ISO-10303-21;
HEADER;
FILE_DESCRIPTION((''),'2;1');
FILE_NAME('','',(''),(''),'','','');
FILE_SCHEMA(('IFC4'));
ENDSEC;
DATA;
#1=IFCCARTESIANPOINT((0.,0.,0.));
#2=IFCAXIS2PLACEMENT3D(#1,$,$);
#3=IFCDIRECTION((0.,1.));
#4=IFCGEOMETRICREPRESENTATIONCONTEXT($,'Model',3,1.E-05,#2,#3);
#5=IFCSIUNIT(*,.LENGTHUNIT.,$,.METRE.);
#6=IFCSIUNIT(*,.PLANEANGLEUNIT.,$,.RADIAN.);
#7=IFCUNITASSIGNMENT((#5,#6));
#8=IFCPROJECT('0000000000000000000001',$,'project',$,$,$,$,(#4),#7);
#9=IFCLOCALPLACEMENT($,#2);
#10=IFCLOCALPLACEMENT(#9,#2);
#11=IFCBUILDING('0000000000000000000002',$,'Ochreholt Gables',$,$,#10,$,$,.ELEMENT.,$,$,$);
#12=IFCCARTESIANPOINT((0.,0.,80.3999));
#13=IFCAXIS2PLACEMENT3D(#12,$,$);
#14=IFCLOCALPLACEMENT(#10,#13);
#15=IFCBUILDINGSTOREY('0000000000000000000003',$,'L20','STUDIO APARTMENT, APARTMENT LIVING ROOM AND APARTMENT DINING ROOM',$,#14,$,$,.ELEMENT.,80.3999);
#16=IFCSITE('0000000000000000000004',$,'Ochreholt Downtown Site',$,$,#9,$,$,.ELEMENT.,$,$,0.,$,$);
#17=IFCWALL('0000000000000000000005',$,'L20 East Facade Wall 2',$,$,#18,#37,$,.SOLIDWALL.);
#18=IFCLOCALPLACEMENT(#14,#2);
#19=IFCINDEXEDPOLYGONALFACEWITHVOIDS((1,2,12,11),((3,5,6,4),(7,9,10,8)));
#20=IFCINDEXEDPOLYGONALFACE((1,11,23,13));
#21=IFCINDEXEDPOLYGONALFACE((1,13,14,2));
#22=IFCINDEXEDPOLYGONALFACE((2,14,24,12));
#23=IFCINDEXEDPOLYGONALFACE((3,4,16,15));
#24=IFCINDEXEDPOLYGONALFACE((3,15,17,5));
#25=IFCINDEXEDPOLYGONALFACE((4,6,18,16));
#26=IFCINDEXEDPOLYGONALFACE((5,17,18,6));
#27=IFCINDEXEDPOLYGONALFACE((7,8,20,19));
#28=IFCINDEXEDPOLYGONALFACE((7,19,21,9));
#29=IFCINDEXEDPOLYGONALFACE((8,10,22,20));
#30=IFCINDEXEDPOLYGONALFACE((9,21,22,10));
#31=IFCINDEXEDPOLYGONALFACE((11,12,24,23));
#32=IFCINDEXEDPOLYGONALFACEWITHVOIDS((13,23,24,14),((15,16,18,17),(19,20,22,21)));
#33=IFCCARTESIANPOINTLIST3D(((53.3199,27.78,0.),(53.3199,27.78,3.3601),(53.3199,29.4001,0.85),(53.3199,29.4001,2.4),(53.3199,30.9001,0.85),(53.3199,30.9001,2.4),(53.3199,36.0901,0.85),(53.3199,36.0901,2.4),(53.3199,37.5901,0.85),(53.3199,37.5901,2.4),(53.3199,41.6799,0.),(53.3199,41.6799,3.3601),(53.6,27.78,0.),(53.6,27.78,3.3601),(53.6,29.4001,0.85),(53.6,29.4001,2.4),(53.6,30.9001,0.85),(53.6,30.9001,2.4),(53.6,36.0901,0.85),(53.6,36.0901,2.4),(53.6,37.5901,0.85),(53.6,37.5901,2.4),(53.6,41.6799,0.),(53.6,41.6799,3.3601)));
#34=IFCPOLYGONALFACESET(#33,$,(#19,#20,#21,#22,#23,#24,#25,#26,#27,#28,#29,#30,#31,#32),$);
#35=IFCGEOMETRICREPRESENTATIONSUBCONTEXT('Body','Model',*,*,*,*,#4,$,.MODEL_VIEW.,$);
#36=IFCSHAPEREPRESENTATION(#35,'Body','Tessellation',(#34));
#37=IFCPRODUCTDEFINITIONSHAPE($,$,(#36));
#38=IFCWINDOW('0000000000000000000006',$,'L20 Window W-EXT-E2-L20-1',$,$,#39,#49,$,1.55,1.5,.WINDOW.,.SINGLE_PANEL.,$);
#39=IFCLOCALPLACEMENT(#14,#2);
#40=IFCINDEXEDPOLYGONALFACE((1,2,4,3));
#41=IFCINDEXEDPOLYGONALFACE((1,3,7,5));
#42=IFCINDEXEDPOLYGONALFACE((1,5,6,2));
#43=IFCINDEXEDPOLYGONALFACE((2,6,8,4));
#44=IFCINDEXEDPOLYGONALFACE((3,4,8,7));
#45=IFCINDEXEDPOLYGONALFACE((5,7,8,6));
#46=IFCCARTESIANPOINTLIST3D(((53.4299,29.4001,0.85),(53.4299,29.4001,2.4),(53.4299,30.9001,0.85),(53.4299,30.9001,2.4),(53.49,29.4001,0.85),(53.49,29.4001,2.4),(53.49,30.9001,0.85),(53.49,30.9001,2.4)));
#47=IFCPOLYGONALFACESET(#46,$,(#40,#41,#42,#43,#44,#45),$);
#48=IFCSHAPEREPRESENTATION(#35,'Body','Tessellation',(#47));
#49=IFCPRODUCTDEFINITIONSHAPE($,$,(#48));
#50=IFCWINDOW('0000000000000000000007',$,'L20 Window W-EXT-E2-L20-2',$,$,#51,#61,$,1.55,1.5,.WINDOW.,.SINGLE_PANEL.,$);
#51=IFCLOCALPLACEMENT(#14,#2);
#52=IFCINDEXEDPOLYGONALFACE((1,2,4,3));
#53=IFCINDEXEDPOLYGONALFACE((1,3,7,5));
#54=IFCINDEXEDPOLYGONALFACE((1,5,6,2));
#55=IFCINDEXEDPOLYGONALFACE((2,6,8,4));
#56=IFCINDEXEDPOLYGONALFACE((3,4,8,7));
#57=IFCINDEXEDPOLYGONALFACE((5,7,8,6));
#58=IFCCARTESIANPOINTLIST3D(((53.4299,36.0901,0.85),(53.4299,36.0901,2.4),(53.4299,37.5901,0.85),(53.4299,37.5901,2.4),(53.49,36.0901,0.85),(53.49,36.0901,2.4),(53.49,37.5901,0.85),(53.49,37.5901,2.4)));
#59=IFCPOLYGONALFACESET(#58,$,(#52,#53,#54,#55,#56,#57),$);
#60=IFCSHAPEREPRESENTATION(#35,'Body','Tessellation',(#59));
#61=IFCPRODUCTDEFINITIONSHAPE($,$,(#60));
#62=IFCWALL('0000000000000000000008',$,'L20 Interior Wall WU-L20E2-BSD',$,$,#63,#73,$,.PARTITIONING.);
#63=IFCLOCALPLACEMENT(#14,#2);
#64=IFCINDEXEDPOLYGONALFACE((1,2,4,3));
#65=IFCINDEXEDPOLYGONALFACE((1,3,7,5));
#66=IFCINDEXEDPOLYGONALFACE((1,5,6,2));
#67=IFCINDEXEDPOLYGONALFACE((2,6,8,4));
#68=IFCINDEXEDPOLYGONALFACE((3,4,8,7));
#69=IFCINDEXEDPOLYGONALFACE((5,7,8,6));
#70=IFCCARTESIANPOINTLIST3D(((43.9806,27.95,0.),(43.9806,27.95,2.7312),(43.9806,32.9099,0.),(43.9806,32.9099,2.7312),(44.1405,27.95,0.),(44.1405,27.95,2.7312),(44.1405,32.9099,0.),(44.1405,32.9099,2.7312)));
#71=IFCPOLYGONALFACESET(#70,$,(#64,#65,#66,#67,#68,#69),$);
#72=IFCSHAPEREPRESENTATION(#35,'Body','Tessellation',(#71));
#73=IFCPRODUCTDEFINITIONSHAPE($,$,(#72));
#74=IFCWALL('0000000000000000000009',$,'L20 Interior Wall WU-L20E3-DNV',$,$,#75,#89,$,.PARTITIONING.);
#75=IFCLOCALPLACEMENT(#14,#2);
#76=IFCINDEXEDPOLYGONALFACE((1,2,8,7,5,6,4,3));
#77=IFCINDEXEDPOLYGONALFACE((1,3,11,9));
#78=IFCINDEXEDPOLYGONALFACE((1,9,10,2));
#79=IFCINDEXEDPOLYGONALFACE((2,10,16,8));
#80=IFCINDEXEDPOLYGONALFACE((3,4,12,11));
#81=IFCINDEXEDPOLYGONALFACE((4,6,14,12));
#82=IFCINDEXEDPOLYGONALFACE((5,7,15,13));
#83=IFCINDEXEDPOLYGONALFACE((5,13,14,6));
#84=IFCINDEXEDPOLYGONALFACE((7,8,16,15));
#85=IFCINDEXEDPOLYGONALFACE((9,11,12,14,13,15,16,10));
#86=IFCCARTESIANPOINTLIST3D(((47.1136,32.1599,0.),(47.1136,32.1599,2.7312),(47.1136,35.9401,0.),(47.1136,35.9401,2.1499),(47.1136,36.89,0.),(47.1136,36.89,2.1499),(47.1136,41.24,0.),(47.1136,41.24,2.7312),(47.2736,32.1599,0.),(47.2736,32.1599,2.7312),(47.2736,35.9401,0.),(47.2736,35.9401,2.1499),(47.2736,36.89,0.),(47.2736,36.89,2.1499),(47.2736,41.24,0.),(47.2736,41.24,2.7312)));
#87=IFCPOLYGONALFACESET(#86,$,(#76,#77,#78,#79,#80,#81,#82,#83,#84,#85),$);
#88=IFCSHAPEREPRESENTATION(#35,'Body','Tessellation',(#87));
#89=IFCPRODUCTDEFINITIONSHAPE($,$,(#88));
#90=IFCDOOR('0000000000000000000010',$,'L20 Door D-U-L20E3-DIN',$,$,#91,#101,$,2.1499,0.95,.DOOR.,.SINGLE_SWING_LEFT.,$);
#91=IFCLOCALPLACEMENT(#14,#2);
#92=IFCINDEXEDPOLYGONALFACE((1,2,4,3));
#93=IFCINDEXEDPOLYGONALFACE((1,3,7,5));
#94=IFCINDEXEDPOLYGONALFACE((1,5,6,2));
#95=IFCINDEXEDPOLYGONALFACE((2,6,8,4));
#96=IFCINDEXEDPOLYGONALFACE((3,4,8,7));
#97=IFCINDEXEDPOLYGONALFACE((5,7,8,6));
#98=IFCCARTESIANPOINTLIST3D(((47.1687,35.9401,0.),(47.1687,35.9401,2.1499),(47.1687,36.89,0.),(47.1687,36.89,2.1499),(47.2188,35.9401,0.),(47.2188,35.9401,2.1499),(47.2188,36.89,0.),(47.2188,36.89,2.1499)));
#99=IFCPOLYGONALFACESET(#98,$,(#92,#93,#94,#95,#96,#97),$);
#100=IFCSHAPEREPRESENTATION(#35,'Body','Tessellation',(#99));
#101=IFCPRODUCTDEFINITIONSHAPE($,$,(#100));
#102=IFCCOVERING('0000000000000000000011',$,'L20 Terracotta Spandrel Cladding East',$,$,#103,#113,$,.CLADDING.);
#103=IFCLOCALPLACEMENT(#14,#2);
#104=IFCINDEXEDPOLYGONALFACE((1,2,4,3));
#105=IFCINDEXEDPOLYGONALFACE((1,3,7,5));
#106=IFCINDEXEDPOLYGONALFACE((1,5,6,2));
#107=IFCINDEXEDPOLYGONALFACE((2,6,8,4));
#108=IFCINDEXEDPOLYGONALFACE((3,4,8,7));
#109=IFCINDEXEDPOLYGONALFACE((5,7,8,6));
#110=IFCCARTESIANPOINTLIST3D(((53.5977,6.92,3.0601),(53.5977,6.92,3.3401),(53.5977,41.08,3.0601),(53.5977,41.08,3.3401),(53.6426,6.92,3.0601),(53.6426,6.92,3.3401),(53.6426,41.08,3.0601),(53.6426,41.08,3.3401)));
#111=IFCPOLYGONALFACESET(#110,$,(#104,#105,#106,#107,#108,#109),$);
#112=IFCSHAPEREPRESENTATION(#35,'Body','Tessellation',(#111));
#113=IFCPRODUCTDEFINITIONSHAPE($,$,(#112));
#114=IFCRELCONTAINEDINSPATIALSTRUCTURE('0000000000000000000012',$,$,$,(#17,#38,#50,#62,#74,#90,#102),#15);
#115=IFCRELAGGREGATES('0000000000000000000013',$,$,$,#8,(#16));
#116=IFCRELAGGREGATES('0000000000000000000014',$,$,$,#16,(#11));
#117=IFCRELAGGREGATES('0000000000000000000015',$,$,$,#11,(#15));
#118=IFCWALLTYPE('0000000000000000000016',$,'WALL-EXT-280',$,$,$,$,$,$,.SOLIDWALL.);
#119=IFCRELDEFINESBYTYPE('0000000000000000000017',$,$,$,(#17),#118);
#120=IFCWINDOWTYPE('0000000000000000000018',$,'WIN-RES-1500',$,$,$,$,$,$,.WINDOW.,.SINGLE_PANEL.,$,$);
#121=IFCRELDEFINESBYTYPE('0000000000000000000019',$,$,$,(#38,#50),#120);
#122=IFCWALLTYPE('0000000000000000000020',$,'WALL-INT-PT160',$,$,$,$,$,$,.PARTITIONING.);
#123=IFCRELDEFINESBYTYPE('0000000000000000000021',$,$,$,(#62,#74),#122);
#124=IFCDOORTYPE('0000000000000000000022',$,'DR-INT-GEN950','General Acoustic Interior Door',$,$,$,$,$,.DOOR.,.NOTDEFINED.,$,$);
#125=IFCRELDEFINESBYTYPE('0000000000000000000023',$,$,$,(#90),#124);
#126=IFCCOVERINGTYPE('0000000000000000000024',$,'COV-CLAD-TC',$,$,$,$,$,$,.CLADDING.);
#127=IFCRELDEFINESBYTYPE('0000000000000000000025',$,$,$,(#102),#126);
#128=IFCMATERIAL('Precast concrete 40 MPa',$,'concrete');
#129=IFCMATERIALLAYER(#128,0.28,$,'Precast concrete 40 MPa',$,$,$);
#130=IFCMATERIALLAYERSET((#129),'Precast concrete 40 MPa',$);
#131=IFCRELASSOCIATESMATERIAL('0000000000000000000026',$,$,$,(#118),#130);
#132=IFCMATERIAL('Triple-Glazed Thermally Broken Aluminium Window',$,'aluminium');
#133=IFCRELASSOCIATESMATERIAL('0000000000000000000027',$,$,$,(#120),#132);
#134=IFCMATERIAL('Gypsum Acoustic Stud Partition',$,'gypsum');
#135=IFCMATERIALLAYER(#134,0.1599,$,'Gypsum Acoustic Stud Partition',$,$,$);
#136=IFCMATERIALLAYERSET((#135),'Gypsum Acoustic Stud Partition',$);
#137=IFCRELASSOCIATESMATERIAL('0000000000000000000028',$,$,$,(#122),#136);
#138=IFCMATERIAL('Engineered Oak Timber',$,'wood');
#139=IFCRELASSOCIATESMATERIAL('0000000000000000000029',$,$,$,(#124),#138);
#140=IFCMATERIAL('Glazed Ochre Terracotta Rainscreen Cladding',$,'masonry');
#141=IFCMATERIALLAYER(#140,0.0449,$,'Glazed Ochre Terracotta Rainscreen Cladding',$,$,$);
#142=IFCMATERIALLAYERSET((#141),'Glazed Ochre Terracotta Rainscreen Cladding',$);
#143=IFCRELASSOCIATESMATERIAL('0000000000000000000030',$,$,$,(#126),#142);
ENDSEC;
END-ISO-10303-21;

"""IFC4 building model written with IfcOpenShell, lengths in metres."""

from ifc_helpers import new_model, si_unit, direction, frame, frame_2d, origin, origin_2d, place, context, subcontext, project, spatial, rectangle, extrude, material, layer, layer_set, type_object, element, fill, save


model = new_model("IFC4")

# Units and contexts
model_context = context("Model", 3, precision=1e-05, world=origin(), true_north=direction((0.0, 1.0)))
body_context = subcontext(model_context, "Body", "Model", "MODEL_VIEW")
ifc_project = project(units=[si_unit("LENGTHUNIT", "METRE"), si_unit("PLANEANGLEUNIT", "RADIAN")], contexts=[model_context])

# Site, building, storey
site_placement = place(None, origin())
site = spatial("IfcSite", under=ifc_project, at=site_placement, Name="Ochreholt Downtown Site", CompositionType="ELEMENT", RefElevation=0.0)
building_placement = place(site_placement, origin())
building = spatial("IfcBuilding", under=site, at=building_placement, Name="Ochreholt Gables", CompositionType="ELEMENT")
storey_placement = place(building_placement, frame((0.0, 0.0, 80.3999)))
storey = spatial("IfcBuildingStorey", under=building, at=storey_placement, Name="L20", Description="STUDIO APARTMENT, APARTMENT LIVING ROOM AND APARTMENT DINING ROOM", CompositionType="ELEMENT", Elevation=80.3999)

# Wall, openings, windows
ifc_material_1 = material(Name="Precast concrete 40 MPa", Category="concrete")
ifc_layer_1 = layer(ifc_material_1, 0.28, Name="Precast concrete 40 MPa")
ifc_layer_set_1 = layer_set([ifc_layer_1], Name="Precast concrete 40 MPa")
wall_type_1 = type_object("IfcWallType", Name="WALL-EXT-280", PredefinedType="SOLIDWALL", material=ifc_layer_set_1)
wall_1_placement = place(storey_placement, frame((53.46, 27.78, 0.0), z_axis=(0.0, 0.0, 1.0), x_axis=(0.0, 1.0, 0.0)))
wall_1 = element("IfcWall", 1, at=wall_1_placement, inside=storey, type_object=wall_type_1, Name="L20 East Facade Wall 2", PredefinedType="SOLIDWALL", context=body_context, shape_type="SweptSolid", body=[
    extrude(rectangle(XDim=13.8999, YDim=0.28, at=frame_2d((6.95, 0.0))), origin(), (0.0, 0.0, 1.0), 3.3601),
])
opening_1_placement = place(wall_1_placement, frame((1.6201, 0.0, 0.8501)))
opening_1 = element("IfcOpeningElement", 2, at=opening_1_placement, cuts=wall_1, PredefinedType="OPENING", context=body_context, shape_type="SweptSolid", body=[
    extrude(rectangle(XDim=1.5, YDim=1.55, at=frame_2d((0.75, 0.7749))), frame((0.0, 0.1499, 0.0), z_axis=(0.0, -1.0, 0.0), x_axis=(1.0, 0.0, 0.0)), (0.0, 0.0, 1.0), 0.3),
])
opening_2_placement = place(wall_1_placement, frame((8.3101, 0.0, 0.8501)))
opening_2 = element("IfcOpeningElement", 3, at=opening_2_placement, cuts=wall_1, PredefinedType="OPENING", context=body_context, shape_type="SweptSolid", body=[
    extrude(rectangle(XDim=1.5, YDim=1.55, at=frame_2d((0.75, 0.7749))), frame((0.0, 0.1499, 0.0), z_axis=(0.0, -1.0, 0.0), x_axis=(1.0, 0.0, 0.0)), (0.0, 0.0, 1.0), 0.3),
])
ifc_material_2 = material(Name="Triple-Glazed Thermally Broken Aluminium Window", Category="aluminium")
window_type = type_object("IfcWindowType", Name="WIN-RES-1500", PartitioningType="SINGLE_PANEL", PredefinedType="WINDOW", material=ifc_material_2)
window_1_placement = place(opening_1_placement, origin())
window_1 = element("IfcWindow", 4, at=window_1_placement, inside=storey, type_object=window_type, Name="L20 Window W-EXT-E2-L20-1", OverallHeight=1.55, OverallWidth=1.5, PartitioningType="SINGLE_PANEL", PredefinedType="WINDOW", context=body_context, shape_type="SweptSolid", body=[
    extrude(rectangle(XDim=1.5, YDim=1.55, at=frame_2d((0.75, 0.7749))), frame((0.0, 0.03, 0.0), z_axis=(0.0, -1.0, 0.0), x_axis=(1.0, 0.0, 0.0)), (0.0, 0.0, 1.0), 0.0601),
])
fill(opening_1, window_1)
window_2_placement = place(opening_2_placement, origin())
window_2 = element("IfcWindow", 5, at=window_2_placement, inside=storey, type_object=window_type, Name="L20 Window W-EXT-E2-L20-2", OverallHeight=1.55, OverallWidth=1.5, PartitioningType="SINGLE_PANEL", PredefinedType="WINDOW", context=body_context, shape_type="SweptSolid", body=[
    extrude(rectangle(XDim=1.5, YDim=1.55, at=frame_2d((0.75, 0.7749))), frame((0.0, 0.03, 0.0), z_axis=(0.0, -1.0, 0.0), x_axis=(1.0, 0.0, 0.0)), (0.0, 0.0, 1.0), 0.0601),
])
fill(opening_2, window_2)

# Shared definitions
ifc_material_3 = material(Name="Engineered Oak Timber", Category="wood")

# Wall
ifc_material_4 = material(Name="Gypsum Acoustic Stud Partition", Category="gypsum")
ifc_layer_2 = layer(ifc_material_4, 0.1599, Name="Gypsum Acoustic Stud Partition")
ifc_layer_set_2 = layer_set([ifc_layer_2], Name="Gypsum Acoustic Stud Partition")
wall_type_2 = type_object("IfcWallType", Name="WALL-INT-PT160", PredefinedType="PARTITIONING", material=ifc_layer_set_2)
wall_2_placement = place(storey_placement, frame((44.0605, 27.95, 0.0), z_axis=(0.0, 0.0, 1.0), x_axis=(0.0, 1.0, 0.0)))
element("IfcWall", 6, at=wall_2_placement, inside=storey, type_object=wall_type_2, Name="L20 Interior Wall WU-L20E2-BSD", PredefinedType="PARTITIONING", context=body_context, shape_type="SweptSolid", body=[
    extrude(rectangle(XDim=4.96, YDim=0.1599, at=frame_2d((2.48, 0.0))), origin(), (0.0, 0.0, 1.0), 2.7312),
])

# Wall, opening, door
wall_3_placement = place(storey_placement, frame((47.1936, 32.1599, 0.0), z_axis=(0.0, 0.0, 1.0), x_axis=(0.0, 1.0, 0.0)))
wall_3 = element("IfcWall", 7, at=wall_3_placement, inside=storey, type_object=wall_type_2, Name="L20 Interior Wall WU-L20E3-DNV", PredefinedType="PARTITIONING", context=body_context, shape_type="SweptSolid", body=[
    extrude(rectangle(XDim=9.0801, YDim=0.1599, at=frame_2d((4.54, 0.0))), origin(), (0.0, 0.0, 1.0), 2.7312),
])
opening_3_placement = place(wall_3_placement, frame((3.78, 0.0, 0.0)))
opening_3 = element("IfcOpeningElement", 8, at=opening_3_placement, cuts=wall_3, PredefinedType="OPENING", context=body_context, shape_type="SweptSolid", body=[
    extrude(rectangle(XDim=0.95, YDim=2.1499, at=frame_2d((0.4751, 1.075))), frame((0.0, 0.0898, 0.0), z_axis=(0.0, -1.0, 0.0), x_axis=(1.0, 0.0, 0.0)), (0.0, 0.0, 1.0), 0.1799),
])
door_type_1 = type_object("IfcDoorType", Name="DR-INT-GEN950", Description="General Acoustic Interior Door", OperationType="NOTDEFINED", PredefinedType="DOOR", material=ifc_material_3)
door_1_placement = place(opening_3_placement, origin())
door_1 = element("IfcDoor", 9, at=door_1_placement, inside=storey, type_object=door_type_1, Name="L20 Door D-U-L20E3-DIN", OperationType="SINGLE_SWING_LEFT", OverallHeight=2.1499, OverallWidth=0.95, PredefinedType="DOOR", context=body_context, shape_type="SweptSolid", body=[
    extrude(rectangle(XDim=0.95, YDim=2.1499, at=frame_2d((0.4751, 1.075))), frame((0.0, 0.0249, 0.0), z_axis=(0.0, -1.0, 0.0), x_axis=(1.0, 0.0, 0.0)), (0.0, 0.0, 1.0), 0.05),
])
fill(opening_3, door_1)

# Covering
ifc_material_5 = material(Name="Glazed Ochre Terracotta Rainscreen Cladding", Category="masonry")
ifc_layer_3 = layer(ifc_material_5, 0.0449, Name="Glazed Ochre Terracotta Rainscreen Cladding")
ifc_layer_set_3 = layer_set([ifc_layer_3], Name="Glazed Ochre Terracotta Rainscreen Cladding")
covering_type = type_object("IfcCoveringType", Name="COV-CLAD-TC", PredefinedType="CLADDING", material=ifc_layer_set_3)
covering_placement = place(storey_placement, frame((53.6201, 24.0, 3.0601), z_axis=(0.0, 0.0, 1.0), x_axis=(0.0, 1.0, 0.0)))
element("IfcCovering", 10, at=covering_placement, inside=storey, type_object=covering_type, Name="L20 Terracotta Spandrel Cladding East", PredefinedType="CLADDING", context=body_context, shape_type="SweptSolid", body=[
    extrude(rectangle(XDim=34.1599, YDim=0.0449, at=origin_2d()), origin(), (0.0, 0.0, 1.0), 0.28),
])

save(model, "model.ifc")
